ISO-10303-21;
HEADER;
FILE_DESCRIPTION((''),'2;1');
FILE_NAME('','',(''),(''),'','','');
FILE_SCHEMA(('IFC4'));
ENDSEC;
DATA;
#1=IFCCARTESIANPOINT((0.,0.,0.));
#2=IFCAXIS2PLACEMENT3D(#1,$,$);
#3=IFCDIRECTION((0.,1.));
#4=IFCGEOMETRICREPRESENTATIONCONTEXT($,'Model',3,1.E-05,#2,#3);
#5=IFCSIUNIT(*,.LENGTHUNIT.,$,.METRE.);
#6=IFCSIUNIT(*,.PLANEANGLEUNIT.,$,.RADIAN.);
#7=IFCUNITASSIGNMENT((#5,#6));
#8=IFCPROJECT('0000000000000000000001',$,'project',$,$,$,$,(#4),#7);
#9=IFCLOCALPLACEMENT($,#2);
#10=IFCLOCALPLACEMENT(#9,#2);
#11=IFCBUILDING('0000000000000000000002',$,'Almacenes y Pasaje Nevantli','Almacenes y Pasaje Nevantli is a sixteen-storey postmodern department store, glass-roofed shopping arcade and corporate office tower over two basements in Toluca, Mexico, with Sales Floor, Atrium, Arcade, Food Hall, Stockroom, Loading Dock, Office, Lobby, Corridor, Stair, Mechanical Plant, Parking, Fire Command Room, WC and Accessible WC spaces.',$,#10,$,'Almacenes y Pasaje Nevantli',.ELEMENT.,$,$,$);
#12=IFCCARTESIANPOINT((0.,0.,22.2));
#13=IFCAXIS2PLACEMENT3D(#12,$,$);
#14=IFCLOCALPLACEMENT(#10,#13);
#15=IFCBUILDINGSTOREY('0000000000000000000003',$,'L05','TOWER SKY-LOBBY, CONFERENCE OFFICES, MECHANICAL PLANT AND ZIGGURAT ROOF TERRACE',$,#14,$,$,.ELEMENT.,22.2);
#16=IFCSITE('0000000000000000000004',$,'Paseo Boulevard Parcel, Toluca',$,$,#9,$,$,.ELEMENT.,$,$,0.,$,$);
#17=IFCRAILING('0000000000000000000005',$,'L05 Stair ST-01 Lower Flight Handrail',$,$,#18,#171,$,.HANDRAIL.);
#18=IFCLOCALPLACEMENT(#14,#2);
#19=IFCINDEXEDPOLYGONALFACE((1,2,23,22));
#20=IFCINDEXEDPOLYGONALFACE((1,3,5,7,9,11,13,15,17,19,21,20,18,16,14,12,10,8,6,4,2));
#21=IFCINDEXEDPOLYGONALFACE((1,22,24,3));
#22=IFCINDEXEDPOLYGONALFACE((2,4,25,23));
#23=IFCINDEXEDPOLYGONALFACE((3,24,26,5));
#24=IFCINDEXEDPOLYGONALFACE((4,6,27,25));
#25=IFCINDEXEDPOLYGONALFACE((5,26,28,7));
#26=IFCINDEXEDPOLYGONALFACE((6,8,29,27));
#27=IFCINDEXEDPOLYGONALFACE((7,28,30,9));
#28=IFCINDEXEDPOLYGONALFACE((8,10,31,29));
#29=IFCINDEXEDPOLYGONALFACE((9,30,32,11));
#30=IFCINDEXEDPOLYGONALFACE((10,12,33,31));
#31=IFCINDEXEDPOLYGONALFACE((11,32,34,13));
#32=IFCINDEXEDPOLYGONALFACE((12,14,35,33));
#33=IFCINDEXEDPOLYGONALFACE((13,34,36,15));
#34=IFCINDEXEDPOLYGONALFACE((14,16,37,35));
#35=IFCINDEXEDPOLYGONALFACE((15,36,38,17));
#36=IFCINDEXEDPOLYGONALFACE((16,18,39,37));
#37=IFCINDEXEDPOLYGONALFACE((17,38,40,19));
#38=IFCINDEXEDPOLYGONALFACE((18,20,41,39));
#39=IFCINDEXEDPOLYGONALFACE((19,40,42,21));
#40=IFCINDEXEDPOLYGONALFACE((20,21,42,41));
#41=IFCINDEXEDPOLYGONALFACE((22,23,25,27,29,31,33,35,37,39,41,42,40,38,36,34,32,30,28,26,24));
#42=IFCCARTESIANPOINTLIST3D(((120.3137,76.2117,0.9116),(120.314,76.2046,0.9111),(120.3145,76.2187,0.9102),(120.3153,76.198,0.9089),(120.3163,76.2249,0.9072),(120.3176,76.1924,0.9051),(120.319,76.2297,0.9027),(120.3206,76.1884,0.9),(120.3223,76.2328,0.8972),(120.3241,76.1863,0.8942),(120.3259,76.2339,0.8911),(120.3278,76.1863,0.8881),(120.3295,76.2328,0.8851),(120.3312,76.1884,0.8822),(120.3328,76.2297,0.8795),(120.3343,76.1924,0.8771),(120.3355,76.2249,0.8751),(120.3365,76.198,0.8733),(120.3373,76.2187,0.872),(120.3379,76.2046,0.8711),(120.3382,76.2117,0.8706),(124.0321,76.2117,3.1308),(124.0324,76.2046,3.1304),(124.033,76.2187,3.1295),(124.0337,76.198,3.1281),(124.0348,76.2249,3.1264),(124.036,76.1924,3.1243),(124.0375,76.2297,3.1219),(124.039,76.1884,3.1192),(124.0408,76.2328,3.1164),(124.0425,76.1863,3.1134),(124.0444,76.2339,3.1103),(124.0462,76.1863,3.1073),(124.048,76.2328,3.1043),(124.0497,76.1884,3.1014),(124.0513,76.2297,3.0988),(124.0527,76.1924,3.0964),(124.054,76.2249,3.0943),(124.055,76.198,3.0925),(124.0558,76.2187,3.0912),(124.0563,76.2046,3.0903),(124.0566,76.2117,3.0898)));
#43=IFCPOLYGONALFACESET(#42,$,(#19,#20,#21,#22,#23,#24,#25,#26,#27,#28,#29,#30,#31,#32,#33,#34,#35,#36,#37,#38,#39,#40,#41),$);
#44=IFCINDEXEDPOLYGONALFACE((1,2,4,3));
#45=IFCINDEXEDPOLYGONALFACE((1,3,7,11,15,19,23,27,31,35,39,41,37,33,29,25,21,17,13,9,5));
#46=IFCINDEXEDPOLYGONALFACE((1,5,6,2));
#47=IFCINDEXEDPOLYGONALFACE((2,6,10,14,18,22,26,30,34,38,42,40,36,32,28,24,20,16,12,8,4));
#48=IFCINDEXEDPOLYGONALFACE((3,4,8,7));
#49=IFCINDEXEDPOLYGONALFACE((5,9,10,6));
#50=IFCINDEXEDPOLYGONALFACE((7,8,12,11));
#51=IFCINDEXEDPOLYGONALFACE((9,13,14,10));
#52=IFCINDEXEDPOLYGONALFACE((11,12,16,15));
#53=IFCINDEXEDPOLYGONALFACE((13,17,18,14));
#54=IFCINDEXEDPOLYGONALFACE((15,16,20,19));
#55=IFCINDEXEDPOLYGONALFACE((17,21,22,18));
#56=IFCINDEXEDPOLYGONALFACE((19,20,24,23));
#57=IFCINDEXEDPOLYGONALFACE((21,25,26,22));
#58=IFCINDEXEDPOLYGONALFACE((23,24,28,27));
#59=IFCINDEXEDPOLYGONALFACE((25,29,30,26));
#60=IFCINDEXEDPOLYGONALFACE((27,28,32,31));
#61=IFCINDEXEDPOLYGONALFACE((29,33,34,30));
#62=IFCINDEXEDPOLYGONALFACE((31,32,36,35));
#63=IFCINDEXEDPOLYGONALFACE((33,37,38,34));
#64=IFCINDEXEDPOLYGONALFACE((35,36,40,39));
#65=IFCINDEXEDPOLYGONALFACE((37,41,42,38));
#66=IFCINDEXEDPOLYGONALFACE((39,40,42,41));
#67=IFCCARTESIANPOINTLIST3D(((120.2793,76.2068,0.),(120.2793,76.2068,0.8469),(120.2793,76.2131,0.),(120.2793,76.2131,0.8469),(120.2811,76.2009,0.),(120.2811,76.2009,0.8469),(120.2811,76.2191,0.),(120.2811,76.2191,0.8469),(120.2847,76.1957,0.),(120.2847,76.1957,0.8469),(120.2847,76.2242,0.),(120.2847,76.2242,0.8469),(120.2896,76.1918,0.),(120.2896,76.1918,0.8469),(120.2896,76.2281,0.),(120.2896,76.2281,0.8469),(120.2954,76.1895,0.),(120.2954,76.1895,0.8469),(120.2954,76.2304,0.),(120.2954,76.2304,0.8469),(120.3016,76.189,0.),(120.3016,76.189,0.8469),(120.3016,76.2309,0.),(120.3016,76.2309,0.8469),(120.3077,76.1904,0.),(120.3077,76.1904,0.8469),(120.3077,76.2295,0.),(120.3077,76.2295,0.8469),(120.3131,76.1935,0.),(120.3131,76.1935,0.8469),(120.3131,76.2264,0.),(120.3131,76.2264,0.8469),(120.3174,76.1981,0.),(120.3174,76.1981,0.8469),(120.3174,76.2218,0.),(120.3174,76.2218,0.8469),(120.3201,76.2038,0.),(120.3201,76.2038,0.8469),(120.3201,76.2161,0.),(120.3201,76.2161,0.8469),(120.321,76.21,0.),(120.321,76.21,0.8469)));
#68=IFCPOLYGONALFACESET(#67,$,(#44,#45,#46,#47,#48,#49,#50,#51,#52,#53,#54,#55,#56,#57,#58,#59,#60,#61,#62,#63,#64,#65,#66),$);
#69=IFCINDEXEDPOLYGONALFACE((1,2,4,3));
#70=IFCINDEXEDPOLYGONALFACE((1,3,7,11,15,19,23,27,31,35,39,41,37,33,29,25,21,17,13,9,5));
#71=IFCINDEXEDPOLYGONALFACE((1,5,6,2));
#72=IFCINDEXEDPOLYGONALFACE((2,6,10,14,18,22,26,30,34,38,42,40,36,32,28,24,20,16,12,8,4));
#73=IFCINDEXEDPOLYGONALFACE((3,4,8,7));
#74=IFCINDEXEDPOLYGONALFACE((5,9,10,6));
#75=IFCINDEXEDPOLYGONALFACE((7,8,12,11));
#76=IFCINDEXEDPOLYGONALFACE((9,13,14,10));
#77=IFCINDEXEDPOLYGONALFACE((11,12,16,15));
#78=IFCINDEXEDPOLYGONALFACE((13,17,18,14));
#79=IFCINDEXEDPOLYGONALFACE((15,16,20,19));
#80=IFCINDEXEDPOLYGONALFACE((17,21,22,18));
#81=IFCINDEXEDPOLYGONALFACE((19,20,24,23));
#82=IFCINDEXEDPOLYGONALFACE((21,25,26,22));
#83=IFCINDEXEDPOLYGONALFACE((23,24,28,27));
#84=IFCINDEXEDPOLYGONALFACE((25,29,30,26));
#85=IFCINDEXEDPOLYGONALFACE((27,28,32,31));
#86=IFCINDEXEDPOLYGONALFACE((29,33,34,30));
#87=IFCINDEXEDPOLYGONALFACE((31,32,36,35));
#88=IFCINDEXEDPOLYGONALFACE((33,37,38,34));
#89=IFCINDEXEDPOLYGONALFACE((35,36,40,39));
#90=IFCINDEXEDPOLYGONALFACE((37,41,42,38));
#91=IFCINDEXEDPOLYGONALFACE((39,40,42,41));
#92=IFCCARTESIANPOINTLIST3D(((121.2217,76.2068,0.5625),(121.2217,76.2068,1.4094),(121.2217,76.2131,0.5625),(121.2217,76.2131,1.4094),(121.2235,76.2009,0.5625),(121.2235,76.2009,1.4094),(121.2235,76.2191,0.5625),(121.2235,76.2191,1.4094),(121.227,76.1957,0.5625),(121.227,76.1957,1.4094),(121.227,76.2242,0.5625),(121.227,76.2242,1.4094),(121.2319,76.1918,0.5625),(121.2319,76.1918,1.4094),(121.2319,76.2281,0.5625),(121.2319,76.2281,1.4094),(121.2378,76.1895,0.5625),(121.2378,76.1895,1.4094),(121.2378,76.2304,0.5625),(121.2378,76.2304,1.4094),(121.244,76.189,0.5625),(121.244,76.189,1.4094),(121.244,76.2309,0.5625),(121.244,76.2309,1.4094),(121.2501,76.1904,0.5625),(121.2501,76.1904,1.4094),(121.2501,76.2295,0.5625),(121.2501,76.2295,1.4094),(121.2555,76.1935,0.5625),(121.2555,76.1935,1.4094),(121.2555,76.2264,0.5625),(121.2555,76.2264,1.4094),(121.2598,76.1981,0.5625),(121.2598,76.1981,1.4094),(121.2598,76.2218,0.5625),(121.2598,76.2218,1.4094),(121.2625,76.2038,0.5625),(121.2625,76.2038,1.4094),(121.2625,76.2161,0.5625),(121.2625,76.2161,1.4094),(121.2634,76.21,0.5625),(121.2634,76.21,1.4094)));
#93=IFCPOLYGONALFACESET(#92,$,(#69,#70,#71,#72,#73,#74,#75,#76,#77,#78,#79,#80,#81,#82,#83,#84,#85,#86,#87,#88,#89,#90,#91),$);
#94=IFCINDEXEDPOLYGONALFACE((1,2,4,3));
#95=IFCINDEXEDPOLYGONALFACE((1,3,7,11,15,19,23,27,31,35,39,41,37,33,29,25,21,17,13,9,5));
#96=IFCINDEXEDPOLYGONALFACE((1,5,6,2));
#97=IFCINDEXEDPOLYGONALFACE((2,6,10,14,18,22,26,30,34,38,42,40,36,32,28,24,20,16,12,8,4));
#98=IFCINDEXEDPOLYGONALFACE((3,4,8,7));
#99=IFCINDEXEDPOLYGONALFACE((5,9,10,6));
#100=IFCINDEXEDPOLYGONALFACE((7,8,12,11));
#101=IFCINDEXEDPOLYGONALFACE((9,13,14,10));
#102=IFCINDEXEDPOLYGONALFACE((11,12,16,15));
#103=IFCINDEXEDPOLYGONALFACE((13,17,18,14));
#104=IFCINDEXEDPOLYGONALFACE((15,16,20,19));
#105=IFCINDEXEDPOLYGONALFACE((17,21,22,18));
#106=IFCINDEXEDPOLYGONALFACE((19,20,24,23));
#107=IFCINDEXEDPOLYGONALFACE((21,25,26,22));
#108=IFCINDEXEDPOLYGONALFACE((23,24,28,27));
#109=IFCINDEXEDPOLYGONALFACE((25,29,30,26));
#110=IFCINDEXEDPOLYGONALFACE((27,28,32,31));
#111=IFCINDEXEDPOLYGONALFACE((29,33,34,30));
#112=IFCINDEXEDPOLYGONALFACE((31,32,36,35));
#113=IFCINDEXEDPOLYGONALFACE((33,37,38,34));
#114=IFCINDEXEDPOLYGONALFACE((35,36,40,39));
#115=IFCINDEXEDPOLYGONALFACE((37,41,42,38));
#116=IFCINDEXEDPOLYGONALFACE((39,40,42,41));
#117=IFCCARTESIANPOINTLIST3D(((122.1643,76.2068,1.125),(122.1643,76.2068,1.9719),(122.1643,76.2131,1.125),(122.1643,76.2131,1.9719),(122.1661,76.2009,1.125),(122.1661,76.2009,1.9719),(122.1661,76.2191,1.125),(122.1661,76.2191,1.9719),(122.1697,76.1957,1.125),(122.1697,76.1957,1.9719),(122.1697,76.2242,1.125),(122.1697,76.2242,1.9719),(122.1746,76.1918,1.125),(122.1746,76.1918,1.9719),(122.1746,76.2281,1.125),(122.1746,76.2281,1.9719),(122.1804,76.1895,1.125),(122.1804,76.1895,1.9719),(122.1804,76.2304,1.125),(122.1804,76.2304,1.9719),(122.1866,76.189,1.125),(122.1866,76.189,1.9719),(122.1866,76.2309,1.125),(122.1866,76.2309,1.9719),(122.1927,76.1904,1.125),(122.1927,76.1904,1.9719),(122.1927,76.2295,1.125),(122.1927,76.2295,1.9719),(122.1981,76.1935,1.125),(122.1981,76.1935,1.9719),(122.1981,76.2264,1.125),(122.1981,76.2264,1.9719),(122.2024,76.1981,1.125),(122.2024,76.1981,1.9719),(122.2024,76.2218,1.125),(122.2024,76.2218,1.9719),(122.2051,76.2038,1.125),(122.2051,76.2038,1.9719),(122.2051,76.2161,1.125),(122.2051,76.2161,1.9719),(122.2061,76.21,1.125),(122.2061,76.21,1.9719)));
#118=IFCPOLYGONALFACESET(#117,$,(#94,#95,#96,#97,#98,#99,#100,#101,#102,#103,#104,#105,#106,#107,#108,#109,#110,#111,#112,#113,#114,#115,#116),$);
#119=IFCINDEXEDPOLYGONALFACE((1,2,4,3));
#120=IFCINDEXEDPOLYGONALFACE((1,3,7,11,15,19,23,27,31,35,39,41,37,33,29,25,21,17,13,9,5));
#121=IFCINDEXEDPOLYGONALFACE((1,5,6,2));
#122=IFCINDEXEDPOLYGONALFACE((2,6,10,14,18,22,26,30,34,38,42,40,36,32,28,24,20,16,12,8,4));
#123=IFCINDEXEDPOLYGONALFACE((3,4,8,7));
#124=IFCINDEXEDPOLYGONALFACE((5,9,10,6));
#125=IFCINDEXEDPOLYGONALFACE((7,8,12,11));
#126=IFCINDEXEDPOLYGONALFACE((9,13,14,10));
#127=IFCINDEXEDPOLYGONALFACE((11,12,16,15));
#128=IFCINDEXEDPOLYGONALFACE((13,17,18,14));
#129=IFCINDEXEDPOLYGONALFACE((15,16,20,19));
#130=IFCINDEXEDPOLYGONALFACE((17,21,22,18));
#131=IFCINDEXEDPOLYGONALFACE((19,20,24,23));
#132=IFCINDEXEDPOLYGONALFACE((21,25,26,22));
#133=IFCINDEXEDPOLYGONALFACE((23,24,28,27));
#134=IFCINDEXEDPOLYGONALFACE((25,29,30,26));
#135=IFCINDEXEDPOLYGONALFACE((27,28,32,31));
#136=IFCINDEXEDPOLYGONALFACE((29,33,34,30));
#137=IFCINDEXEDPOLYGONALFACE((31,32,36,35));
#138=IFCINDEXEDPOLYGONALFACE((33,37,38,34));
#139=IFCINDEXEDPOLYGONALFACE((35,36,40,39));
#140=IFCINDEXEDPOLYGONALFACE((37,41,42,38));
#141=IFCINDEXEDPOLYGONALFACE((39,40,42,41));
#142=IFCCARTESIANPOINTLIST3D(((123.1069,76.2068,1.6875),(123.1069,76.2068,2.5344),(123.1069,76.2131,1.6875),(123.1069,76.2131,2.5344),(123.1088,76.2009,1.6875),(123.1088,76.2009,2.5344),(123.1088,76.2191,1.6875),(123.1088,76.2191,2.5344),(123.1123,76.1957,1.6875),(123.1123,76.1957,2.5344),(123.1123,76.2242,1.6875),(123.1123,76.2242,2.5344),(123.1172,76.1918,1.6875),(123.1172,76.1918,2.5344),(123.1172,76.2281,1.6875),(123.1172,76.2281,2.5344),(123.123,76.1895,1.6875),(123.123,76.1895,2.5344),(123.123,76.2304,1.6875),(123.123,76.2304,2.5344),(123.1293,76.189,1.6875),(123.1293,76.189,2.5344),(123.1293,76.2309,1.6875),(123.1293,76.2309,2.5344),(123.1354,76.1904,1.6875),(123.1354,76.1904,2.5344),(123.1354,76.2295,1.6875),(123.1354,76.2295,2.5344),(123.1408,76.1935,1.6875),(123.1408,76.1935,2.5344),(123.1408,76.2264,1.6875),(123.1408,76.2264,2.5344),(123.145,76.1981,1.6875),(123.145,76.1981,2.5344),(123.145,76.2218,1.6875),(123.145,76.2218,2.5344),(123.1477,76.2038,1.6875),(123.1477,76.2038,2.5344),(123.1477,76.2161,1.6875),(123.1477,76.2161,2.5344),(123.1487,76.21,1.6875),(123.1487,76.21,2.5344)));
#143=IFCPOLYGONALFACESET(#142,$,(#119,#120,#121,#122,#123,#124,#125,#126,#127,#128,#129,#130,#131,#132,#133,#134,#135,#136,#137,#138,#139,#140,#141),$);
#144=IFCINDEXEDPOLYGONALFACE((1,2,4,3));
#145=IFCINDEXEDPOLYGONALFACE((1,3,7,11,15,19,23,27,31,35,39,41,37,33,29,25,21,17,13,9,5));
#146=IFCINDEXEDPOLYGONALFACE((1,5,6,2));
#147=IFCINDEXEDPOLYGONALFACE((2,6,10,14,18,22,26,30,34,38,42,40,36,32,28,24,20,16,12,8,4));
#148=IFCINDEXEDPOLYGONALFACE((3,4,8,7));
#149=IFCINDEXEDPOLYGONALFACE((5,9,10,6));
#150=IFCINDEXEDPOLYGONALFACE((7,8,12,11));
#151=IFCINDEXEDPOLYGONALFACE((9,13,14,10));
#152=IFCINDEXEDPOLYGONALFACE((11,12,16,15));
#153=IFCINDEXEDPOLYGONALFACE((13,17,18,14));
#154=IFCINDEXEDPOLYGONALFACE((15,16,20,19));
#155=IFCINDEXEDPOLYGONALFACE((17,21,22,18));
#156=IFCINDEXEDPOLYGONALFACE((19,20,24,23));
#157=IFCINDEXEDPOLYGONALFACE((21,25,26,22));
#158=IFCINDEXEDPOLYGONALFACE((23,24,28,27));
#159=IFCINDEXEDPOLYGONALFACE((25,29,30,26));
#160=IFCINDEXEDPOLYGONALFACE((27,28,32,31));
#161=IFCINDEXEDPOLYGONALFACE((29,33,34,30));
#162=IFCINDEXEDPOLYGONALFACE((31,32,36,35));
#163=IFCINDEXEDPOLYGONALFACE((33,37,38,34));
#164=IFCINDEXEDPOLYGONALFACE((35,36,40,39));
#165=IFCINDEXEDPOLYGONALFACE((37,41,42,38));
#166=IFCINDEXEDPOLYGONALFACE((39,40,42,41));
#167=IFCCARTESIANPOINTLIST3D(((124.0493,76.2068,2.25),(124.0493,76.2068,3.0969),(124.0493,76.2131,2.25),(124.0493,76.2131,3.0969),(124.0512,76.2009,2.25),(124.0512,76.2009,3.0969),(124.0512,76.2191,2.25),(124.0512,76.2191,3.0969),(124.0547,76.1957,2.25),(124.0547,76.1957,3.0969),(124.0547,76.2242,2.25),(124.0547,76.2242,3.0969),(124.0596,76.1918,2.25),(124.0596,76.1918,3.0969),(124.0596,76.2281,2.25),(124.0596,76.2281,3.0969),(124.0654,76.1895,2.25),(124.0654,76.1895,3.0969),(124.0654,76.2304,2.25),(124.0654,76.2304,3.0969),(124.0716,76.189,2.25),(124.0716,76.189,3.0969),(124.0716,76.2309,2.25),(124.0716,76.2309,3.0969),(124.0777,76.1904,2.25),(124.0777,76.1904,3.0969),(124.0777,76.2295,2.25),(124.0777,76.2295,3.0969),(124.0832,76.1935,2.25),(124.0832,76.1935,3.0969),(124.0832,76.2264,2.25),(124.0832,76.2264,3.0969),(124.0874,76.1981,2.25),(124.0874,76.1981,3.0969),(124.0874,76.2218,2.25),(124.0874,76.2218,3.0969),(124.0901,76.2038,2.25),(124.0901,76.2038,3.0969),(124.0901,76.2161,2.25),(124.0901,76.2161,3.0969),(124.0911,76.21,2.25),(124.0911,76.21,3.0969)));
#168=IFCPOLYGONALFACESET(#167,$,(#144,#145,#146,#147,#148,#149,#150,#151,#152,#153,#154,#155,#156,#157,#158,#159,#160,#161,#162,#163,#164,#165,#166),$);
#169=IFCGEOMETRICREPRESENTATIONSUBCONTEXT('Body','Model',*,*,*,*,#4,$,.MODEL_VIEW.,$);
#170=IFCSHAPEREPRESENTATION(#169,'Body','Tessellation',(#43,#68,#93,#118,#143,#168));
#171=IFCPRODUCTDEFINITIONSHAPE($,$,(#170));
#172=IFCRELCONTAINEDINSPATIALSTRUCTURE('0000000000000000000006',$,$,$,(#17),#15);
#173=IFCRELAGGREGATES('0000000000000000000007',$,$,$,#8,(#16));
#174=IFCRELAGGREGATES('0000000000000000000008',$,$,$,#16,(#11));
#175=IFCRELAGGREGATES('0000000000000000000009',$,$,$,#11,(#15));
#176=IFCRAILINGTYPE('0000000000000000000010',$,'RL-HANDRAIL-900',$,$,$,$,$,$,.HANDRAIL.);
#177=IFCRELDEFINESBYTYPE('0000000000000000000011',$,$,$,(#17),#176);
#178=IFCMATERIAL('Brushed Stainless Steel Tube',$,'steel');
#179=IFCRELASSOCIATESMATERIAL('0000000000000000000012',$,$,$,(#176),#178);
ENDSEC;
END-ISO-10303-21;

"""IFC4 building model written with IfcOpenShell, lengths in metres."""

from ifc_helpers import new_model, si_unit, direction, frame, origin, origin_2d, place, context, subcontext, project, spatial, circle, extrude, material, type_object, element, save


model = new_model("IFC4")

# Units and contexts
model_context = context("Model", 3, precision=1e-05, world=origin(), true_north=direction((0.0, 1.0)))
body_context = subcontext(model_context, "Body", "Model", "MODEL_VIEW")
ifc_project = project(units=[si_unit("LENGTHUNIT", "METRE"), si_unit("PLANEANGLEUNIT", "RADIAN")], contexts=[model_context])

# Site, building, storey
site_placement = place(None, origin())
site = spatial("IfcSite", under=ifc_project, at=site_placement, Name="Paseo Boulevard Parcel, Toluca", CompositionType="ELEMENT", RefElevation=0.0)
building_placement = place(site_placement, origin())
building = spatial("IfcBuilding", under=site, at=building_placement, Name="Almacenes y Pasaje Nevantli", Description="Almacenes y Pasaje Nevantli is a sixteen-storey postmodern department store, glass-roofed shopping arcade and corporate office tower over two basements in Toluca, Mexico, with Sales Floor, Atrium, Arcade, Food Hall, Stockroom, Loading Dock, Office, Lobby, Corridor, Stair, Mechanical Plant, Parking, Fire Command Room, WC and Accessible WC spaces.", LongName="Almacenes y Pasaje Nevantli", CompositionType="ELEMENT")
storey_placement = place(building_placement, frame((0.0, 0.0, 22.2)))
storey = spatial("IfcBuildingStorey", under=building, at=storey_placement, Name="L05", Description="TOWER SKY-LOBBY, CONFERENCE OFFICES, MECHANICAL PLANT AND ZIGGURAT ROOF TERRACE", CompositionType="ELEMENT", Elevation=22.2)

# Railing
ifc_material_1 = material(Name="Brushed Stainless Steel Tube", Category="steel")
railing_type_1 = type_object("IfcRailingType", Name="RL-HANDRAIL-900", PredefinedType="HANDRAIL", material=ifc_material_1)
railing_1_placement = place(storey_placement, frame((120.3, 76.21, 0.0)))
element("IfcRailing", 1, at=railing_1_placement, inside=storey, type_object=railing_type_1, Name="L05 Stair ST-01 Lower Flight Handrail", PredefinedType="HANDRAIL", context=body_context, shape_type="SweptSolid", body=[
    extrude(circle(Radius=0.0239, at=origin_2d()), frame((0.0259, 0.0, 0.8911), z_axis=(0.858698, 0.0, 0.512483), x_axis=(0.0, 1.0, 0.0)), (0.0, 0.0, 1.0), 4.3303),
    extrude(circle(Radius=0.021, at=origin_2d()), origin(), (0.0, 0.0, 1.0), 0.8469),
    extrude(circle(Radius=0.021, at=origin_2d()), frame((0.9424, 0.0, 0.5625)), (0.0, 0.0, 1.0), 0.8469),
    extrude(circle(Radius=0.021, at=origin_2d()), frame((1.885, 0.0, 1.125)), (0.0, 0.0, 1.0), 0.8469),
    extrude(circle(Radius=0.021, at=origin_2d()), frame((2.8276, 0.0, 1.6875)), (0.0, 0.0, 1.0), 0.8469),
    extrude(circle(Radius=0.021, at=origin_2d()), frame((3.77, 0.0, 2.25)), (0.0, 0.0, 1.0), 0.8469),
])

save(model, "model.ifc")
